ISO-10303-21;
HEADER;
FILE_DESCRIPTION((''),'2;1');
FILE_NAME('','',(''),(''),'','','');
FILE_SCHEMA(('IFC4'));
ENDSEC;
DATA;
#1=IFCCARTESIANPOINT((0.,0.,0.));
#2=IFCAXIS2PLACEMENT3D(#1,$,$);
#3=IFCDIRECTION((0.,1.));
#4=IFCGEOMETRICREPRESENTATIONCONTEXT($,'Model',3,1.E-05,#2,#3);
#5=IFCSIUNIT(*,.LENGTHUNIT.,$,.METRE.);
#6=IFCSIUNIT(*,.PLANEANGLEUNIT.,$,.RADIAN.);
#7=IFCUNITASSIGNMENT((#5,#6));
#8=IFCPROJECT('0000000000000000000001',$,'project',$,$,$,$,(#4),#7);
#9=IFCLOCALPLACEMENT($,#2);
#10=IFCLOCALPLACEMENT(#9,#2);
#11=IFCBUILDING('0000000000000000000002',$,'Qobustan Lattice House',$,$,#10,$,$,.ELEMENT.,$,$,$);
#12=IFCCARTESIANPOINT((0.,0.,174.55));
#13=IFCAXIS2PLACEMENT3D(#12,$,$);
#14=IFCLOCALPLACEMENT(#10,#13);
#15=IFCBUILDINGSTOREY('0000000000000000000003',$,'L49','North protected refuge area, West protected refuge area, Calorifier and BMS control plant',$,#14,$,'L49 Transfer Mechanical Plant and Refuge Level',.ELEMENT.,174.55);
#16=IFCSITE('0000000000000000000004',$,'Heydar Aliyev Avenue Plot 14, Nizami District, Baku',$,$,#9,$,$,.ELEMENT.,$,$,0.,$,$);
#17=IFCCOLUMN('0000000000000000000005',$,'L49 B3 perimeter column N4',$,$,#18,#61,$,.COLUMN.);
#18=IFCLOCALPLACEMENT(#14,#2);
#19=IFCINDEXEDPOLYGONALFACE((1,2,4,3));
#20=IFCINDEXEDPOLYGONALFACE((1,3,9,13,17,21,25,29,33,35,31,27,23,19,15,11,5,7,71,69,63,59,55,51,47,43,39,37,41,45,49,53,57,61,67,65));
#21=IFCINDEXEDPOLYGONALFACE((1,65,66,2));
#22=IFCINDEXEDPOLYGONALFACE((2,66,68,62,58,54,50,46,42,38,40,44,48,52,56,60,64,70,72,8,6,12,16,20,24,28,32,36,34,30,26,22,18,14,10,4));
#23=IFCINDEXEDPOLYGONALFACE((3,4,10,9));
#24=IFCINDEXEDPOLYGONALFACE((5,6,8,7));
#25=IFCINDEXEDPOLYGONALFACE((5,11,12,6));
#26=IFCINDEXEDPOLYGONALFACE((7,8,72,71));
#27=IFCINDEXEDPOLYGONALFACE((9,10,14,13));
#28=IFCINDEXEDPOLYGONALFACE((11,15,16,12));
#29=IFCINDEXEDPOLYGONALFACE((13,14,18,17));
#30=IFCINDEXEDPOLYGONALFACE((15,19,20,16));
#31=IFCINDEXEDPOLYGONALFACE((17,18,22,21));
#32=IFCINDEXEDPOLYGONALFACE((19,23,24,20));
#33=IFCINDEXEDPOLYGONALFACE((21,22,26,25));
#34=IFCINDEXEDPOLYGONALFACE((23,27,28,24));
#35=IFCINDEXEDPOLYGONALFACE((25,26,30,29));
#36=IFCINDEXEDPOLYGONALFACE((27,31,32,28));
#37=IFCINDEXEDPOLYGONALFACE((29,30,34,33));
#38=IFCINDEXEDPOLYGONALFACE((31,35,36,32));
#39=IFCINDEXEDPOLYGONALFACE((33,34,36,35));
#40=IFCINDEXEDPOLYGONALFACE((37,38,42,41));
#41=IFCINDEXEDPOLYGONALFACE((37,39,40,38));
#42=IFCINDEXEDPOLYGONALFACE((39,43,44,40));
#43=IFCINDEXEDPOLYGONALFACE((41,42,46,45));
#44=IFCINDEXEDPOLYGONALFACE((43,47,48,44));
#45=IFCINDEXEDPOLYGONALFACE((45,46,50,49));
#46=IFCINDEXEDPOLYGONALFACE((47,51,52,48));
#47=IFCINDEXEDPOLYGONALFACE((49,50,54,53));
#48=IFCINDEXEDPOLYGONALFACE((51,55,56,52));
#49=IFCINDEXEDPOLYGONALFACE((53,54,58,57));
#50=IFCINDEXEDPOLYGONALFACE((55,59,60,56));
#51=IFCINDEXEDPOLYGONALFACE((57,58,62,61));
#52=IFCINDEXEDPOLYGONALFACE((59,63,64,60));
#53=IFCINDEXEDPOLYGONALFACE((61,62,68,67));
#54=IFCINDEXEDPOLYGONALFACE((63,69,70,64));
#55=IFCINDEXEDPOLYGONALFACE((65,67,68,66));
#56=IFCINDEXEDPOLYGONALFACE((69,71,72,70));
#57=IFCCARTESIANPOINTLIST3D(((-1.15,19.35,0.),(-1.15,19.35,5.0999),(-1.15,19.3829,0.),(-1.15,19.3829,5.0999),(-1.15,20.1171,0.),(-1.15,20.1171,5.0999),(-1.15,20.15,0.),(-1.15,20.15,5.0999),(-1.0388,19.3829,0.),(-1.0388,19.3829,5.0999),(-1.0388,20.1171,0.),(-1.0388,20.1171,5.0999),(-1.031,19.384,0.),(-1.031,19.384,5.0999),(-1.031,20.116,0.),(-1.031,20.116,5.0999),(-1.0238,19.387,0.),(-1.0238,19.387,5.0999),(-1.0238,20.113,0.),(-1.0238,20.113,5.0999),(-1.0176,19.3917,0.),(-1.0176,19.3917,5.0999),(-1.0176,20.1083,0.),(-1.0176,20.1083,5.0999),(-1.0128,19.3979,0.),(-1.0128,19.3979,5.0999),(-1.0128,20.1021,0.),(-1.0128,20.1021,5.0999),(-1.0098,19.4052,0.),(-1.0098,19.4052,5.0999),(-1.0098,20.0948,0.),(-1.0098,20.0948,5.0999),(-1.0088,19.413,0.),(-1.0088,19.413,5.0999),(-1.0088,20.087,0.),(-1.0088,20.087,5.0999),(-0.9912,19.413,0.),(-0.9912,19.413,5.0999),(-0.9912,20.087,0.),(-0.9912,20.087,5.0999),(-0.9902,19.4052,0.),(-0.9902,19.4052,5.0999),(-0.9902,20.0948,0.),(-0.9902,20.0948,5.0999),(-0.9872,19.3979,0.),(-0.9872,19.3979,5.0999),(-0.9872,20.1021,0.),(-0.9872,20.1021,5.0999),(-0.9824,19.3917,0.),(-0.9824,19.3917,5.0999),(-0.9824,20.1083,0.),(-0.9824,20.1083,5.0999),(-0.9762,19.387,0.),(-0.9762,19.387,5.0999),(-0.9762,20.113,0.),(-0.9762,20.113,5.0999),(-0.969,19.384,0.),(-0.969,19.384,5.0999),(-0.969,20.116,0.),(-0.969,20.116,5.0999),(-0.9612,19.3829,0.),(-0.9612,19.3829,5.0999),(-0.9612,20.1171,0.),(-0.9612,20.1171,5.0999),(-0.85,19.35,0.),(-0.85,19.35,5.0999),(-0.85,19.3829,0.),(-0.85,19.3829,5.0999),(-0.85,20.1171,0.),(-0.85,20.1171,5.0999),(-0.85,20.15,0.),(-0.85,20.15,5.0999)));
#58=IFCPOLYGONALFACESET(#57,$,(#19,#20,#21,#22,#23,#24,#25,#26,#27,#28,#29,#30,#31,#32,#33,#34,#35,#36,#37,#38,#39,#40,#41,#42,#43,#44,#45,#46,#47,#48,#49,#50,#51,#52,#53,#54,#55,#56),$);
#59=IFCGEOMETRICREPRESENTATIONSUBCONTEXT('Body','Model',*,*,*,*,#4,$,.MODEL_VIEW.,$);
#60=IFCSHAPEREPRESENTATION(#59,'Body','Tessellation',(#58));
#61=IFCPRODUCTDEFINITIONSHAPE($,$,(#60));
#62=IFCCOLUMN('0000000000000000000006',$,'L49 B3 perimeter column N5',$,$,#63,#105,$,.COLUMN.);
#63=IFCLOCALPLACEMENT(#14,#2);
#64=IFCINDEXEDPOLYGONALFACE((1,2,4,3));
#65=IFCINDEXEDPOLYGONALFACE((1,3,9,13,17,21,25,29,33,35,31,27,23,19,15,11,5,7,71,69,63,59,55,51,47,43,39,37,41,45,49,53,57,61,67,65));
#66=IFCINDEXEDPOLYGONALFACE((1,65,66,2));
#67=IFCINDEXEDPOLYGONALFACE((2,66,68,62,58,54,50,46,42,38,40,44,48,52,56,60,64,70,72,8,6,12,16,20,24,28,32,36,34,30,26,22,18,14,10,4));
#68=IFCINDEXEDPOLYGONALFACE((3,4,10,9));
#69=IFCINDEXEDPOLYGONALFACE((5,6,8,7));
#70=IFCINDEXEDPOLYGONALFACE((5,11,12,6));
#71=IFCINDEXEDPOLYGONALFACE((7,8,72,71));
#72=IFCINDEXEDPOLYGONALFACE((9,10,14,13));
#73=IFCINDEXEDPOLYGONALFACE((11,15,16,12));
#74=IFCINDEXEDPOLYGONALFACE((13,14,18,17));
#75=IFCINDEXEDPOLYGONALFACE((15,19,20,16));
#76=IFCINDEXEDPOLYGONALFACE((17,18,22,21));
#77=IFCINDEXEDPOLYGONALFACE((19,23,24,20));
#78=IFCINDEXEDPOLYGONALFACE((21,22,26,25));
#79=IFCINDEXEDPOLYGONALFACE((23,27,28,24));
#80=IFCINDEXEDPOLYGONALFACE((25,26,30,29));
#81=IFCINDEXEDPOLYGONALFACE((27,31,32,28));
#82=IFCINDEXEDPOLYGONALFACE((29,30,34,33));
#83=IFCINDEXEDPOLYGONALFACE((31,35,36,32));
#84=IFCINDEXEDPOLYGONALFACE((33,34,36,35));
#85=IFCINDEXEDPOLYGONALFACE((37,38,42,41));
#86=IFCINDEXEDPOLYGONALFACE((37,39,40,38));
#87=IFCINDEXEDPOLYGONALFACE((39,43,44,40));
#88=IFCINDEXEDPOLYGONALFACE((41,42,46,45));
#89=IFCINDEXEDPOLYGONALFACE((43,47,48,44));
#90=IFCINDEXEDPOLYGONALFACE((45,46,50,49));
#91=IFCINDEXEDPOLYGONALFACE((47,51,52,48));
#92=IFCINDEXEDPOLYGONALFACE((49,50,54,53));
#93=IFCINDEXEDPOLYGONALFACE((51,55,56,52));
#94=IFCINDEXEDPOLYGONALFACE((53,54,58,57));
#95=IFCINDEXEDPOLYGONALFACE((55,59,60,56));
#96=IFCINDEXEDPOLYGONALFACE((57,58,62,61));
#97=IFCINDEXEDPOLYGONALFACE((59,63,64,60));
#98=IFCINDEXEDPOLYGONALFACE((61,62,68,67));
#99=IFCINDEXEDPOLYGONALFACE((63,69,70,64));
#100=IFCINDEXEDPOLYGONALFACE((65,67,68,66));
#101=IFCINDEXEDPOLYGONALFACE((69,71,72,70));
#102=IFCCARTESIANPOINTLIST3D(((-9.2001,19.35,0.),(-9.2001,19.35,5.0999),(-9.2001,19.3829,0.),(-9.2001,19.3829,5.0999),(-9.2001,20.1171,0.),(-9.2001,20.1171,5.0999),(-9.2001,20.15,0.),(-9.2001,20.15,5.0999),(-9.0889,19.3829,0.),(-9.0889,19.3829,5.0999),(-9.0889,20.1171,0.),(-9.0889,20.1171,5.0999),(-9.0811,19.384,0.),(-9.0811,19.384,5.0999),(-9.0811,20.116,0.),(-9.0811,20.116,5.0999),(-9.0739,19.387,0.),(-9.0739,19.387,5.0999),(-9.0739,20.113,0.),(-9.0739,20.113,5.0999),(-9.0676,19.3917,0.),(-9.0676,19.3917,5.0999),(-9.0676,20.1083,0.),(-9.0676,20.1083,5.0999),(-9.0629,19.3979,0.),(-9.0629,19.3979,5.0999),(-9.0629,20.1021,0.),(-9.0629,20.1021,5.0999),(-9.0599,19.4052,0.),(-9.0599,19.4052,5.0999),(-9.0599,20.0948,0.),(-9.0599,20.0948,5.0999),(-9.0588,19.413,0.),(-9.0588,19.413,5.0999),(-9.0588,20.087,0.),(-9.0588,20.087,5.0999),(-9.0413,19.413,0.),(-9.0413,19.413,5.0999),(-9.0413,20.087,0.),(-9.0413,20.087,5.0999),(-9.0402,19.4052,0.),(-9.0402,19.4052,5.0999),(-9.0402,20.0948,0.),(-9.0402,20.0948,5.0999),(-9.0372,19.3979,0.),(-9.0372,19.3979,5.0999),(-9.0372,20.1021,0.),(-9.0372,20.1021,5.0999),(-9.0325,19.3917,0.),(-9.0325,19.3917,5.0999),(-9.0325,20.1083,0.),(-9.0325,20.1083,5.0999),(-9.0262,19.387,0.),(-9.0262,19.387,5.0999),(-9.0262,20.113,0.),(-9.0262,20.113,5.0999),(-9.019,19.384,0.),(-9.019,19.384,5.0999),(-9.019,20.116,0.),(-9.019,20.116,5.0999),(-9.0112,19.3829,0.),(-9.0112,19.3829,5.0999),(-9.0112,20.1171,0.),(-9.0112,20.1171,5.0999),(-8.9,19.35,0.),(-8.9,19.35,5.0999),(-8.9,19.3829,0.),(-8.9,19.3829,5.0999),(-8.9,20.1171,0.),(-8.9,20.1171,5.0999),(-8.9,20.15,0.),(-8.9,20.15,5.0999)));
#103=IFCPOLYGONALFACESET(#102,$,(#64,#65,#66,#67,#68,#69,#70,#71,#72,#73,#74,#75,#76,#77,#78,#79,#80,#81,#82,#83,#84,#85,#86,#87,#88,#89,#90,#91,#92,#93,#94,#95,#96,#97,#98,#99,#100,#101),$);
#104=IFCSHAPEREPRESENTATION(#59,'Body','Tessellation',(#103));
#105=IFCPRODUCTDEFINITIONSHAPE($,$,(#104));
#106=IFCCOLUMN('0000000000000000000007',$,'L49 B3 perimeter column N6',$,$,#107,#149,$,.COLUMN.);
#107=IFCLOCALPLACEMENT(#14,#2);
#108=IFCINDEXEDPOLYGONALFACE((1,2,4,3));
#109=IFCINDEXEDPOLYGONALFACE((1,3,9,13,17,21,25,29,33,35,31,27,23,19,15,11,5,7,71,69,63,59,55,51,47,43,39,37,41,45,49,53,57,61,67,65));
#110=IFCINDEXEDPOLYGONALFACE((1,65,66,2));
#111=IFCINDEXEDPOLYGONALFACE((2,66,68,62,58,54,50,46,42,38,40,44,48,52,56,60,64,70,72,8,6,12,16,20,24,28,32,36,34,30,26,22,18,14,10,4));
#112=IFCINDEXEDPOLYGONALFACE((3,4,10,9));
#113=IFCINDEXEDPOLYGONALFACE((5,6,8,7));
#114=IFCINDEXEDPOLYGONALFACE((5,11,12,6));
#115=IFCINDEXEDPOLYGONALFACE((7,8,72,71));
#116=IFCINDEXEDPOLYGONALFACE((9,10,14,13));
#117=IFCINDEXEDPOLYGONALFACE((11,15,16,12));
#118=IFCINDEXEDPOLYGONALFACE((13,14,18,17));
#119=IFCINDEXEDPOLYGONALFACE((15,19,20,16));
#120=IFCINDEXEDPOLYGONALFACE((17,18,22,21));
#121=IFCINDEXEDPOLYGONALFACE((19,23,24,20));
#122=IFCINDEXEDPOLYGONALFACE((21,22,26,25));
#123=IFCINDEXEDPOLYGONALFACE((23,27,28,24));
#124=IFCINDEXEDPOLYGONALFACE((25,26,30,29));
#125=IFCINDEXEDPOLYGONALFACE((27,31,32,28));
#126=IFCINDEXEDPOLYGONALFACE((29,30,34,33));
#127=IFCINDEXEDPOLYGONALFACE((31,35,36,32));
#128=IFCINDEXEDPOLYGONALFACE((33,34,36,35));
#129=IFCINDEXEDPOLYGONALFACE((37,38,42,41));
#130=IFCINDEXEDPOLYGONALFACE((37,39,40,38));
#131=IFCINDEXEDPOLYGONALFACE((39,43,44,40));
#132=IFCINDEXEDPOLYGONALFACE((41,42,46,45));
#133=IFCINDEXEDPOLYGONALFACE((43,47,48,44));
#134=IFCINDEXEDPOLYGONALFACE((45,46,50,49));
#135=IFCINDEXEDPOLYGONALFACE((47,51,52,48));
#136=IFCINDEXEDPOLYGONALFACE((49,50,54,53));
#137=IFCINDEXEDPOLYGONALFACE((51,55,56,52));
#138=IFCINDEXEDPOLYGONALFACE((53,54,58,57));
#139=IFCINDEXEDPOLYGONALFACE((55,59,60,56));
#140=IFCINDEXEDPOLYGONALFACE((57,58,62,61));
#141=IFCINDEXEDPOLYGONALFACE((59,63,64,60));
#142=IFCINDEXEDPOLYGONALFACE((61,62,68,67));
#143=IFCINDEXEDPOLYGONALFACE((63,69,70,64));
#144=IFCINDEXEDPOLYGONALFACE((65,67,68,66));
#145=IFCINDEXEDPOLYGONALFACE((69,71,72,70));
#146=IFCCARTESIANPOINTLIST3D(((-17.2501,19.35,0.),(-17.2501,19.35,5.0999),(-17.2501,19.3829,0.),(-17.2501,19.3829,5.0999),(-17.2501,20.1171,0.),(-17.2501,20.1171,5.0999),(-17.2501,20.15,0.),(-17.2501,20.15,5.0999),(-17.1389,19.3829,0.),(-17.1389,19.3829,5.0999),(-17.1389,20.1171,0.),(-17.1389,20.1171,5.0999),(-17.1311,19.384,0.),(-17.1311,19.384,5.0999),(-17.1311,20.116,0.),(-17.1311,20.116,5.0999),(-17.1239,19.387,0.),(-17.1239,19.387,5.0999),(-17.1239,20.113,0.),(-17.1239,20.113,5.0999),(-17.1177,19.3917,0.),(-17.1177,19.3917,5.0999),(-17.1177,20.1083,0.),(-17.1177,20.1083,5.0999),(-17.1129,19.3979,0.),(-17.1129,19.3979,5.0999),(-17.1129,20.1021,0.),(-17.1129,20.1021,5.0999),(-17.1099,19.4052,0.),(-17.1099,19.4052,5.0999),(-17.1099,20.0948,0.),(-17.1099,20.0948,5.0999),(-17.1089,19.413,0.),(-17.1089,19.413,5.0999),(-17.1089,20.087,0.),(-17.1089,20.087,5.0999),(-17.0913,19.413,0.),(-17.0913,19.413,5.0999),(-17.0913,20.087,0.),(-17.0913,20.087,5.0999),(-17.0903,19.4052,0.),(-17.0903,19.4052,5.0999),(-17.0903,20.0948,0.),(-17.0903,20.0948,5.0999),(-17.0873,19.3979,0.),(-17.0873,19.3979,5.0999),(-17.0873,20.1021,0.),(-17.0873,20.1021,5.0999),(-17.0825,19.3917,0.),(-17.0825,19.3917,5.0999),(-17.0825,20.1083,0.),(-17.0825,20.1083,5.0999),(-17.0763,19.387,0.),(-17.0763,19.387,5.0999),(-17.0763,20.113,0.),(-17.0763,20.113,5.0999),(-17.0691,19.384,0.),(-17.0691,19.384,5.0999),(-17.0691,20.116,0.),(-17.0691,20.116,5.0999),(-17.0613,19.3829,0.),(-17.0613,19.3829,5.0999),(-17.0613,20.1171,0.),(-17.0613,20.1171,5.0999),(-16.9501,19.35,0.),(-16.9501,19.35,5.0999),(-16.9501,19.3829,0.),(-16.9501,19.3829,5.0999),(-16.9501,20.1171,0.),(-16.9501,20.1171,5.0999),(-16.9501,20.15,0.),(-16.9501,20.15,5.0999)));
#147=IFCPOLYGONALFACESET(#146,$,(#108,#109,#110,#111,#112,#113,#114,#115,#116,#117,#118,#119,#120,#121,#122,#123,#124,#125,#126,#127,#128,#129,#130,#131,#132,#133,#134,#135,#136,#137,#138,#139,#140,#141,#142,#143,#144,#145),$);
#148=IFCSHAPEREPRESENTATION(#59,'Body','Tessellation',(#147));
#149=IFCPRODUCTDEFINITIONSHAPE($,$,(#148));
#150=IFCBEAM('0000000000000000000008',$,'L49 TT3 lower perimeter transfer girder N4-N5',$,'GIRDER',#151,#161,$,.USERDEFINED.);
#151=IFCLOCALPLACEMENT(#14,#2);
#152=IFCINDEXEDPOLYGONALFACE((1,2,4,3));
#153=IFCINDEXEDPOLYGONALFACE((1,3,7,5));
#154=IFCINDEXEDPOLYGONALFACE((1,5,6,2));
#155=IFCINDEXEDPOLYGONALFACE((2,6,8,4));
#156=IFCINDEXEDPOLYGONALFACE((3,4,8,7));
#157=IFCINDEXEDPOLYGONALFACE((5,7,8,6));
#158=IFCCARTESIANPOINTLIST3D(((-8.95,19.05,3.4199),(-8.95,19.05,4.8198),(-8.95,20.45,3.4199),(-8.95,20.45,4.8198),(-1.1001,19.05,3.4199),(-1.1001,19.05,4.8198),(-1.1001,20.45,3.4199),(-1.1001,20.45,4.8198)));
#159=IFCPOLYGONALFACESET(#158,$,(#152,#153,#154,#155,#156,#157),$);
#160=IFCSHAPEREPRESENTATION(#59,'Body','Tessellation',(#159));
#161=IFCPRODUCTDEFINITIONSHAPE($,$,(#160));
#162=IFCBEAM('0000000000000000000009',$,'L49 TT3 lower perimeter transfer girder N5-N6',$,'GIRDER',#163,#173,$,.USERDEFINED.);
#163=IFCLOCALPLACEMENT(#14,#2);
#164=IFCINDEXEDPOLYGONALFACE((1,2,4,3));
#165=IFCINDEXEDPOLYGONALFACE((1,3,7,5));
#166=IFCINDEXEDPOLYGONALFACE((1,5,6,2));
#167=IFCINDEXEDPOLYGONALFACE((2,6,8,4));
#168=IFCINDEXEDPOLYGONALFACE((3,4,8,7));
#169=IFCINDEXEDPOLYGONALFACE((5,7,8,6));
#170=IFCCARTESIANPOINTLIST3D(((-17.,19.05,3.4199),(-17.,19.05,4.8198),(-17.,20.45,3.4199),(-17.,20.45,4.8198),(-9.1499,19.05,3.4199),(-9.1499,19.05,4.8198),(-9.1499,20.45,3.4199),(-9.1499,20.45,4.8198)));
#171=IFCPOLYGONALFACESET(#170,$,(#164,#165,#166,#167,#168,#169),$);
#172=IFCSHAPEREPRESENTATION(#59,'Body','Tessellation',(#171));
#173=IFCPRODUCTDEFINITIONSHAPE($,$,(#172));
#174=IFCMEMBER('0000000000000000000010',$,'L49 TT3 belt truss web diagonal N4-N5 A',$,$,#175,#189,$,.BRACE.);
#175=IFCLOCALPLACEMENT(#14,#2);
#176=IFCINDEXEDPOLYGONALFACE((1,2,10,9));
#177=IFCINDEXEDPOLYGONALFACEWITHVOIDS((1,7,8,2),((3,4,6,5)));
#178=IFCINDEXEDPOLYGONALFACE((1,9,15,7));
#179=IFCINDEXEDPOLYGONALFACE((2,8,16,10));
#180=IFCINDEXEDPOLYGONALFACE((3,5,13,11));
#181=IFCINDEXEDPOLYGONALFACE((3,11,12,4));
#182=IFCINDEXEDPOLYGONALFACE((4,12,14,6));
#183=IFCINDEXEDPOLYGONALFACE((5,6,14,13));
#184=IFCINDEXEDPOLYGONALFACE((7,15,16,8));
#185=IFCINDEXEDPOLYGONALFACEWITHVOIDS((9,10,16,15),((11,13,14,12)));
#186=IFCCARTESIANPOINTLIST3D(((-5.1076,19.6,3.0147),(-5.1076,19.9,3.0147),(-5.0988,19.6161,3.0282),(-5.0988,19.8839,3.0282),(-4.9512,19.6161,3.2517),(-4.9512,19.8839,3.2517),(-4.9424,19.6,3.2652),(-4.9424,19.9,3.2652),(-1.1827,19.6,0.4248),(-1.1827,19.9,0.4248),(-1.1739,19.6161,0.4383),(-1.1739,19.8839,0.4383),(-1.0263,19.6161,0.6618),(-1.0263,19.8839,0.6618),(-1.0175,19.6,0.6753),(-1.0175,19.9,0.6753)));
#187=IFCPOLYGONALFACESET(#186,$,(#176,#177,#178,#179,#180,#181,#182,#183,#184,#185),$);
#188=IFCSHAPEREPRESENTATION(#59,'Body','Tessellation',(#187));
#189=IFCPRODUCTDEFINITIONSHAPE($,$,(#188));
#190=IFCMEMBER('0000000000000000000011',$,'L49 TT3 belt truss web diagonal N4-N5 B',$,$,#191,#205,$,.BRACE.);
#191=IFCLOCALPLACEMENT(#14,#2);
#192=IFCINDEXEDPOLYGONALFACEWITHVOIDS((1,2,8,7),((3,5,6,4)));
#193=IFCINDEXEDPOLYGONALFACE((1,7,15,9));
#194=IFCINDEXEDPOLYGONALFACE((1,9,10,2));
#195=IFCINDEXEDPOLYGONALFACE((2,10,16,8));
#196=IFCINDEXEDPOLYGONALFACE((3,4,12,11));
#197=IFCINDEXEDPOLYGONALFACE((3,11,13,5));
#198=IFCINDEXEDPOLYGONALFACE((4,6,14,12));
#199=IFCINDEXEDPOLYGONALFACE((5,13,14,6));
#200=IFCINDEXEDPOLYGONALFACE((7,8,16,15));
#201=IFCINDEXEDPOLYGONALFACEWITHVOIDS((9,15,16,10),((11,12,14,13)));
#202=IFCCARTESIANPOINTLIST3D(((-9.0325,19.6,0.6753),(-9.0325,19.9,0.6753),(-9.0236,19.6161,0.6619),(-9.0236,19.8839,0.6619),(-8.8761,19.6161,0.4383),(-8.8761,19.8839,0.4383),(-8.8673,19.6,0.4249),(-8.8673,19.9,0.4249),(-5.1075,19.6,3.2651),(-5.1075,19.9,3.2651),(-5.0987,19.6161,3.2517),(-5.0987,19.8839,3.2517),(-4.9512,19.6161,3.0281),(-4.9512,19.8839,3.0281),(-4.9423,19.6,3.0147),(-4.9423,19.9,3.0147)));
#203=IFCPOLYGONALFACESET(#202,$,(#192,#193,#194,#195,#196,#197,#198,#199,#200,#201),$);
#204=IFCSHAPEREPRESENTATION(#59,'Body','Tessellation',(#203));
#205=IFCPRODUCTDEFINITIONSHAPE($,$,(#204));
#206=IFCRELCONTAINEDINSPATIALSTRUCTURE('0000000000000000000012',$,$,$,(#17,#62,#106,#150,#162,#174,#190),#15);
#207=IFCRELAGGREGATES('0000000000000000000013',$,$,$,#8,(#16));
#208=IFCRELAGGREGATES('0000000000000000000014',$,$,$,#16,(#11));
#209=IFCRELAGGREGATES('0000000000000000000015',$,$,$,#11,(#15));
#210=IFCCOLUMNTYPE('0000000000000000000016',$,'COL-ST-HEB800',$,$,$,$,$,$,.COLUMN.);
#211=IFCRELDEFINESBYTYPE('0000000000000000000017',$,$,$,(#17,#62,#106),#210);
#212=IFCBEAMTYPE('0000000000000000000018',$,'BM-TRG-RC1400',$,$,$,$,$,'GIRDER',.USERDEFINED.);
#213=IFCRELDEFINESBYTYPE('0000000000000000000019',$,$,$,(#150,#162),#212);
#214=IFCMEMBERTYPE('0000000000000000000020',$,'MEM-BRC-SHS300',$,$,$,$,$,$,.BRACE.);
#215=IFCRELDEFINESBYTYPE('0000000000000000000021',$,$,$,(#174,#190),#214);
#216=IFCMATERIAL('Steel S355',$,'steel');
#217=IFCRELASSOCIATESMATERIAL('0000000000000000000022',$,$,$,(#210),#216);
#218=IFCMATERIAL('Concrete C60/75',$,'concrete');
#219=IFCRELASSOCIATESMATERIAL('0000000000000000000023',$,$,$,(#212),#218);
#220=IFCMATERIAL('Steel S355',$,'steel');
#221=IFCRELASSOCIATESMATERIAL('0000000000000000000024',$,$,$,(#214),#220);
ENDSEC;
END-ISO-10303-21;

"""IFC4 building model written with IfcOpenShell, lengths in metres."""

from ifc_helpers import new_model, si_unit, direction, frame, origin, origin_2d, place, context, subcontext, project, spatial, rectangle, hollow_rectangle, i_section, extrude, material, material_profile, profile_set, type_object, element, save


model = new_model("IFC4")

# Units and contexts
model_context = context("Model", 3, precision=1e-05, world=origin(), true_north=direction((0.0, 1.0)))
body_context = subcontext(model_context, "Body", "Model", "MODEL_VIEW")
ifc_project = project(units=[si_unit("LENGTHUNIT", "METRE"), si_unit("PLANEANGLEUNIT", "RADIAN")], contexts=[model_context])

# Site, building, storey
site_placement = place(None, origin())
site = spatial("IfcSite", under=ifc_project, at=site_placement, Name="Heydar Aliyev Avenue Plot 14, Nizami District, Baku", CompositionType="ELEMENT", RefElevation=0.0)
building_placement = place(site_placement, origin())
building = spatial("IfcBuilding", under=site, at=building_placement, Name="Qobustan Lattice House", CompositionType="ELEMENT")
storey_placement = place(building_placement, frame((0.0, 0.0, 174.55)))
storey = spatial("IfcBuildingStorey", under=building, at=storey_placement, Name="L49", Description="North protected refuge area, West protected refuge area, Calorifier and BMS control plant", LongName="L49 Transfer Mechanical Plant and Refuge Level", CompositionType="ELEMENT", Elevation=174.55)

# Columns
ifc_material_1 = material(Name="Steel S355", Category="steel")
ifc_material_profile_1 = material_profile(ifc_material_1, i_section(OverallWidth=0.3, OverallDepth=0.8, WebThickness=0.0176, FlangeThickness=0.033, FilletRadius=0.03, at=origin_2d()), Name="HEB800")
ifc_profile_set_1 = profile_set([ifc_material_profile_1], Name="Steel S355")
column_type = type_object("IfcColumnType", Name="COL-ST-HEB800", PredefinedType="COLUMN", material=ifc_profile_set_1)
for number, where, z_axis, x_axis, name in (
    (1, (-1.0, 19.75, 0.0), (0.0, 0.0, 1.0), (1.0, 0.0, 0.0), "L49 B3 perimeter column N4"),
    (2, (-9.05, 19.75, 0.0), (0.0, 0.0, 1.0), (1.0, 0.0, 0.0), "L49 B3 perimeter column N5"),
    (3, (-17.1001, 19.75, 0.0), (0.0, 0.0, 1.0), (1.0, 0.0, 0.0), "L49 B3 perimeter column N6"),
):
    element("IfcColumn", number, at=place(storey_placement, frame(where, z_axis=z_axis, x_axis=x_axis)), inside=storey, type_object=column_type, Name=name, PredefinedType="COLUMN", context=body_context, shape_type="SweptSolid", body=[
        extrude(i_section(OverallWidth=0.3, OverallDepth=0.8, WebThickness=0.0176, FlangeThickness=0.033, FilletRadius=0.03, at=origin_2d()), origin(), (0.0, 0.0, 1.0), 5.0999),
    ])

# Beams
ifc_material_2 = material(Name="Concrete C60/75", Category="concrete")
ifc_material_profile_2 = material_profile(ifc_material_2, rectangle(XDim=1.3999, YDim=1.3999, at=origin_2d()), Name="RC1400x1400")
ifc_profile_set_2 = profile_set([ifc_material_profile_2], Name="Concrete C60/75")
beam_type = type_object("IfcBeamType", Name="BM-TRG-RC1400", ElementType="GIRDER", PredefinedType="USERDEFINED", material=ifc_profile_set_2)
beam_1_placement = place(storey_placement, frame((-1.1001, 19.75, 4.1199), z_axis=(-1.0, 0.0, 0.0), x_axis=(0.0, -1.0, 0.0)))
element("IfcBeam", 4, at=beam_1_placement, inside=storey, type_object=beam_type, Name="L49 TT3 lower perimeter transfer girder N4-N5", ObjectType="GIRDER", PredefinedType="USERDEFINED", context=body_context, shape_type="SweptSolid", body=[
    extrude(rectangle(XDim=1.3999, YDim=1.3999, at=origin_2d()), origin(), (0.0, 0.0, 1.0), 7.8499),
])
beam_2_placement = place(storey_placement, frame((-9.1499, 19.75, 4.1199), z_axis=(-1.0, 0.0, 0.0), x_axis=(0.0, -1.0, 0.0)))
element("IfcBeam", 5, at=beam_2_placement, inside=storey, type_object=beam_type, Name="L49 TT3 lower perimeter transfer girder N5-N6", ObjectType="GIRDER", PredefinedType="USERDEFINED", context=body_context, shape_type="SweptSolid", body=[
    extrude(rectangle(XDim=1.3999, YDim=1.3999, at=origin_2d()), origin(), (0.0, 0.0, 1.0), 7.8501),
])

# Members
ifc_material_3 = material(Name="Steel S355", Category="steel")
ifc_material_profile_3 = material_profile(ifc_material_3, hollow_rectangle(XDim=0.3, YDim=0.3, WallThickness=0.0161, at=origin_2d()), Name="SHS300x300x16")
ifc_profile_set_3 = profile_set([ifc_material_profile_3], Name="Steel S355")
member_type_1 = type_object("IfcMemberType", Name="MEM-BRC-SHS300", PredefinedType="BRACE", material=ifc_profile_set_3)
for number, where, z_axis, x_axis, name in (
    (6, (-1.1001, 19.75, 0.55), (-0.834661, 0.0, 0.550764), (0.0, -1.0, 0.0), "L49 TT3 belt truss web diagonal N4-N5 A"),
    (7, (-5.0249, 19.75, 3.1399), (-0.834677, 0.0, -0.55074), (0.0, -1.0, 0.0), "L49 TT3 belt truss web diagonal N4-N5 B"),
):
    element("IfcMember", number, at=place(storey_placement, frame(where, z_axis=z_axis, x_axis=x_axis)), inside=storey, type_object=member_type_1, Name=name, PredefinedType="BRACE", context=body_context, shape_type="SweptSolid", body=[
        extrude(hollow_rectangle(XDim=0.3, YDim=0.3, WallThickness=0.0161, at=origin_2d()), origin(), (0.0, 0.0, 1.0), 4.7024),
    ])

save(model, "model.ifc")
